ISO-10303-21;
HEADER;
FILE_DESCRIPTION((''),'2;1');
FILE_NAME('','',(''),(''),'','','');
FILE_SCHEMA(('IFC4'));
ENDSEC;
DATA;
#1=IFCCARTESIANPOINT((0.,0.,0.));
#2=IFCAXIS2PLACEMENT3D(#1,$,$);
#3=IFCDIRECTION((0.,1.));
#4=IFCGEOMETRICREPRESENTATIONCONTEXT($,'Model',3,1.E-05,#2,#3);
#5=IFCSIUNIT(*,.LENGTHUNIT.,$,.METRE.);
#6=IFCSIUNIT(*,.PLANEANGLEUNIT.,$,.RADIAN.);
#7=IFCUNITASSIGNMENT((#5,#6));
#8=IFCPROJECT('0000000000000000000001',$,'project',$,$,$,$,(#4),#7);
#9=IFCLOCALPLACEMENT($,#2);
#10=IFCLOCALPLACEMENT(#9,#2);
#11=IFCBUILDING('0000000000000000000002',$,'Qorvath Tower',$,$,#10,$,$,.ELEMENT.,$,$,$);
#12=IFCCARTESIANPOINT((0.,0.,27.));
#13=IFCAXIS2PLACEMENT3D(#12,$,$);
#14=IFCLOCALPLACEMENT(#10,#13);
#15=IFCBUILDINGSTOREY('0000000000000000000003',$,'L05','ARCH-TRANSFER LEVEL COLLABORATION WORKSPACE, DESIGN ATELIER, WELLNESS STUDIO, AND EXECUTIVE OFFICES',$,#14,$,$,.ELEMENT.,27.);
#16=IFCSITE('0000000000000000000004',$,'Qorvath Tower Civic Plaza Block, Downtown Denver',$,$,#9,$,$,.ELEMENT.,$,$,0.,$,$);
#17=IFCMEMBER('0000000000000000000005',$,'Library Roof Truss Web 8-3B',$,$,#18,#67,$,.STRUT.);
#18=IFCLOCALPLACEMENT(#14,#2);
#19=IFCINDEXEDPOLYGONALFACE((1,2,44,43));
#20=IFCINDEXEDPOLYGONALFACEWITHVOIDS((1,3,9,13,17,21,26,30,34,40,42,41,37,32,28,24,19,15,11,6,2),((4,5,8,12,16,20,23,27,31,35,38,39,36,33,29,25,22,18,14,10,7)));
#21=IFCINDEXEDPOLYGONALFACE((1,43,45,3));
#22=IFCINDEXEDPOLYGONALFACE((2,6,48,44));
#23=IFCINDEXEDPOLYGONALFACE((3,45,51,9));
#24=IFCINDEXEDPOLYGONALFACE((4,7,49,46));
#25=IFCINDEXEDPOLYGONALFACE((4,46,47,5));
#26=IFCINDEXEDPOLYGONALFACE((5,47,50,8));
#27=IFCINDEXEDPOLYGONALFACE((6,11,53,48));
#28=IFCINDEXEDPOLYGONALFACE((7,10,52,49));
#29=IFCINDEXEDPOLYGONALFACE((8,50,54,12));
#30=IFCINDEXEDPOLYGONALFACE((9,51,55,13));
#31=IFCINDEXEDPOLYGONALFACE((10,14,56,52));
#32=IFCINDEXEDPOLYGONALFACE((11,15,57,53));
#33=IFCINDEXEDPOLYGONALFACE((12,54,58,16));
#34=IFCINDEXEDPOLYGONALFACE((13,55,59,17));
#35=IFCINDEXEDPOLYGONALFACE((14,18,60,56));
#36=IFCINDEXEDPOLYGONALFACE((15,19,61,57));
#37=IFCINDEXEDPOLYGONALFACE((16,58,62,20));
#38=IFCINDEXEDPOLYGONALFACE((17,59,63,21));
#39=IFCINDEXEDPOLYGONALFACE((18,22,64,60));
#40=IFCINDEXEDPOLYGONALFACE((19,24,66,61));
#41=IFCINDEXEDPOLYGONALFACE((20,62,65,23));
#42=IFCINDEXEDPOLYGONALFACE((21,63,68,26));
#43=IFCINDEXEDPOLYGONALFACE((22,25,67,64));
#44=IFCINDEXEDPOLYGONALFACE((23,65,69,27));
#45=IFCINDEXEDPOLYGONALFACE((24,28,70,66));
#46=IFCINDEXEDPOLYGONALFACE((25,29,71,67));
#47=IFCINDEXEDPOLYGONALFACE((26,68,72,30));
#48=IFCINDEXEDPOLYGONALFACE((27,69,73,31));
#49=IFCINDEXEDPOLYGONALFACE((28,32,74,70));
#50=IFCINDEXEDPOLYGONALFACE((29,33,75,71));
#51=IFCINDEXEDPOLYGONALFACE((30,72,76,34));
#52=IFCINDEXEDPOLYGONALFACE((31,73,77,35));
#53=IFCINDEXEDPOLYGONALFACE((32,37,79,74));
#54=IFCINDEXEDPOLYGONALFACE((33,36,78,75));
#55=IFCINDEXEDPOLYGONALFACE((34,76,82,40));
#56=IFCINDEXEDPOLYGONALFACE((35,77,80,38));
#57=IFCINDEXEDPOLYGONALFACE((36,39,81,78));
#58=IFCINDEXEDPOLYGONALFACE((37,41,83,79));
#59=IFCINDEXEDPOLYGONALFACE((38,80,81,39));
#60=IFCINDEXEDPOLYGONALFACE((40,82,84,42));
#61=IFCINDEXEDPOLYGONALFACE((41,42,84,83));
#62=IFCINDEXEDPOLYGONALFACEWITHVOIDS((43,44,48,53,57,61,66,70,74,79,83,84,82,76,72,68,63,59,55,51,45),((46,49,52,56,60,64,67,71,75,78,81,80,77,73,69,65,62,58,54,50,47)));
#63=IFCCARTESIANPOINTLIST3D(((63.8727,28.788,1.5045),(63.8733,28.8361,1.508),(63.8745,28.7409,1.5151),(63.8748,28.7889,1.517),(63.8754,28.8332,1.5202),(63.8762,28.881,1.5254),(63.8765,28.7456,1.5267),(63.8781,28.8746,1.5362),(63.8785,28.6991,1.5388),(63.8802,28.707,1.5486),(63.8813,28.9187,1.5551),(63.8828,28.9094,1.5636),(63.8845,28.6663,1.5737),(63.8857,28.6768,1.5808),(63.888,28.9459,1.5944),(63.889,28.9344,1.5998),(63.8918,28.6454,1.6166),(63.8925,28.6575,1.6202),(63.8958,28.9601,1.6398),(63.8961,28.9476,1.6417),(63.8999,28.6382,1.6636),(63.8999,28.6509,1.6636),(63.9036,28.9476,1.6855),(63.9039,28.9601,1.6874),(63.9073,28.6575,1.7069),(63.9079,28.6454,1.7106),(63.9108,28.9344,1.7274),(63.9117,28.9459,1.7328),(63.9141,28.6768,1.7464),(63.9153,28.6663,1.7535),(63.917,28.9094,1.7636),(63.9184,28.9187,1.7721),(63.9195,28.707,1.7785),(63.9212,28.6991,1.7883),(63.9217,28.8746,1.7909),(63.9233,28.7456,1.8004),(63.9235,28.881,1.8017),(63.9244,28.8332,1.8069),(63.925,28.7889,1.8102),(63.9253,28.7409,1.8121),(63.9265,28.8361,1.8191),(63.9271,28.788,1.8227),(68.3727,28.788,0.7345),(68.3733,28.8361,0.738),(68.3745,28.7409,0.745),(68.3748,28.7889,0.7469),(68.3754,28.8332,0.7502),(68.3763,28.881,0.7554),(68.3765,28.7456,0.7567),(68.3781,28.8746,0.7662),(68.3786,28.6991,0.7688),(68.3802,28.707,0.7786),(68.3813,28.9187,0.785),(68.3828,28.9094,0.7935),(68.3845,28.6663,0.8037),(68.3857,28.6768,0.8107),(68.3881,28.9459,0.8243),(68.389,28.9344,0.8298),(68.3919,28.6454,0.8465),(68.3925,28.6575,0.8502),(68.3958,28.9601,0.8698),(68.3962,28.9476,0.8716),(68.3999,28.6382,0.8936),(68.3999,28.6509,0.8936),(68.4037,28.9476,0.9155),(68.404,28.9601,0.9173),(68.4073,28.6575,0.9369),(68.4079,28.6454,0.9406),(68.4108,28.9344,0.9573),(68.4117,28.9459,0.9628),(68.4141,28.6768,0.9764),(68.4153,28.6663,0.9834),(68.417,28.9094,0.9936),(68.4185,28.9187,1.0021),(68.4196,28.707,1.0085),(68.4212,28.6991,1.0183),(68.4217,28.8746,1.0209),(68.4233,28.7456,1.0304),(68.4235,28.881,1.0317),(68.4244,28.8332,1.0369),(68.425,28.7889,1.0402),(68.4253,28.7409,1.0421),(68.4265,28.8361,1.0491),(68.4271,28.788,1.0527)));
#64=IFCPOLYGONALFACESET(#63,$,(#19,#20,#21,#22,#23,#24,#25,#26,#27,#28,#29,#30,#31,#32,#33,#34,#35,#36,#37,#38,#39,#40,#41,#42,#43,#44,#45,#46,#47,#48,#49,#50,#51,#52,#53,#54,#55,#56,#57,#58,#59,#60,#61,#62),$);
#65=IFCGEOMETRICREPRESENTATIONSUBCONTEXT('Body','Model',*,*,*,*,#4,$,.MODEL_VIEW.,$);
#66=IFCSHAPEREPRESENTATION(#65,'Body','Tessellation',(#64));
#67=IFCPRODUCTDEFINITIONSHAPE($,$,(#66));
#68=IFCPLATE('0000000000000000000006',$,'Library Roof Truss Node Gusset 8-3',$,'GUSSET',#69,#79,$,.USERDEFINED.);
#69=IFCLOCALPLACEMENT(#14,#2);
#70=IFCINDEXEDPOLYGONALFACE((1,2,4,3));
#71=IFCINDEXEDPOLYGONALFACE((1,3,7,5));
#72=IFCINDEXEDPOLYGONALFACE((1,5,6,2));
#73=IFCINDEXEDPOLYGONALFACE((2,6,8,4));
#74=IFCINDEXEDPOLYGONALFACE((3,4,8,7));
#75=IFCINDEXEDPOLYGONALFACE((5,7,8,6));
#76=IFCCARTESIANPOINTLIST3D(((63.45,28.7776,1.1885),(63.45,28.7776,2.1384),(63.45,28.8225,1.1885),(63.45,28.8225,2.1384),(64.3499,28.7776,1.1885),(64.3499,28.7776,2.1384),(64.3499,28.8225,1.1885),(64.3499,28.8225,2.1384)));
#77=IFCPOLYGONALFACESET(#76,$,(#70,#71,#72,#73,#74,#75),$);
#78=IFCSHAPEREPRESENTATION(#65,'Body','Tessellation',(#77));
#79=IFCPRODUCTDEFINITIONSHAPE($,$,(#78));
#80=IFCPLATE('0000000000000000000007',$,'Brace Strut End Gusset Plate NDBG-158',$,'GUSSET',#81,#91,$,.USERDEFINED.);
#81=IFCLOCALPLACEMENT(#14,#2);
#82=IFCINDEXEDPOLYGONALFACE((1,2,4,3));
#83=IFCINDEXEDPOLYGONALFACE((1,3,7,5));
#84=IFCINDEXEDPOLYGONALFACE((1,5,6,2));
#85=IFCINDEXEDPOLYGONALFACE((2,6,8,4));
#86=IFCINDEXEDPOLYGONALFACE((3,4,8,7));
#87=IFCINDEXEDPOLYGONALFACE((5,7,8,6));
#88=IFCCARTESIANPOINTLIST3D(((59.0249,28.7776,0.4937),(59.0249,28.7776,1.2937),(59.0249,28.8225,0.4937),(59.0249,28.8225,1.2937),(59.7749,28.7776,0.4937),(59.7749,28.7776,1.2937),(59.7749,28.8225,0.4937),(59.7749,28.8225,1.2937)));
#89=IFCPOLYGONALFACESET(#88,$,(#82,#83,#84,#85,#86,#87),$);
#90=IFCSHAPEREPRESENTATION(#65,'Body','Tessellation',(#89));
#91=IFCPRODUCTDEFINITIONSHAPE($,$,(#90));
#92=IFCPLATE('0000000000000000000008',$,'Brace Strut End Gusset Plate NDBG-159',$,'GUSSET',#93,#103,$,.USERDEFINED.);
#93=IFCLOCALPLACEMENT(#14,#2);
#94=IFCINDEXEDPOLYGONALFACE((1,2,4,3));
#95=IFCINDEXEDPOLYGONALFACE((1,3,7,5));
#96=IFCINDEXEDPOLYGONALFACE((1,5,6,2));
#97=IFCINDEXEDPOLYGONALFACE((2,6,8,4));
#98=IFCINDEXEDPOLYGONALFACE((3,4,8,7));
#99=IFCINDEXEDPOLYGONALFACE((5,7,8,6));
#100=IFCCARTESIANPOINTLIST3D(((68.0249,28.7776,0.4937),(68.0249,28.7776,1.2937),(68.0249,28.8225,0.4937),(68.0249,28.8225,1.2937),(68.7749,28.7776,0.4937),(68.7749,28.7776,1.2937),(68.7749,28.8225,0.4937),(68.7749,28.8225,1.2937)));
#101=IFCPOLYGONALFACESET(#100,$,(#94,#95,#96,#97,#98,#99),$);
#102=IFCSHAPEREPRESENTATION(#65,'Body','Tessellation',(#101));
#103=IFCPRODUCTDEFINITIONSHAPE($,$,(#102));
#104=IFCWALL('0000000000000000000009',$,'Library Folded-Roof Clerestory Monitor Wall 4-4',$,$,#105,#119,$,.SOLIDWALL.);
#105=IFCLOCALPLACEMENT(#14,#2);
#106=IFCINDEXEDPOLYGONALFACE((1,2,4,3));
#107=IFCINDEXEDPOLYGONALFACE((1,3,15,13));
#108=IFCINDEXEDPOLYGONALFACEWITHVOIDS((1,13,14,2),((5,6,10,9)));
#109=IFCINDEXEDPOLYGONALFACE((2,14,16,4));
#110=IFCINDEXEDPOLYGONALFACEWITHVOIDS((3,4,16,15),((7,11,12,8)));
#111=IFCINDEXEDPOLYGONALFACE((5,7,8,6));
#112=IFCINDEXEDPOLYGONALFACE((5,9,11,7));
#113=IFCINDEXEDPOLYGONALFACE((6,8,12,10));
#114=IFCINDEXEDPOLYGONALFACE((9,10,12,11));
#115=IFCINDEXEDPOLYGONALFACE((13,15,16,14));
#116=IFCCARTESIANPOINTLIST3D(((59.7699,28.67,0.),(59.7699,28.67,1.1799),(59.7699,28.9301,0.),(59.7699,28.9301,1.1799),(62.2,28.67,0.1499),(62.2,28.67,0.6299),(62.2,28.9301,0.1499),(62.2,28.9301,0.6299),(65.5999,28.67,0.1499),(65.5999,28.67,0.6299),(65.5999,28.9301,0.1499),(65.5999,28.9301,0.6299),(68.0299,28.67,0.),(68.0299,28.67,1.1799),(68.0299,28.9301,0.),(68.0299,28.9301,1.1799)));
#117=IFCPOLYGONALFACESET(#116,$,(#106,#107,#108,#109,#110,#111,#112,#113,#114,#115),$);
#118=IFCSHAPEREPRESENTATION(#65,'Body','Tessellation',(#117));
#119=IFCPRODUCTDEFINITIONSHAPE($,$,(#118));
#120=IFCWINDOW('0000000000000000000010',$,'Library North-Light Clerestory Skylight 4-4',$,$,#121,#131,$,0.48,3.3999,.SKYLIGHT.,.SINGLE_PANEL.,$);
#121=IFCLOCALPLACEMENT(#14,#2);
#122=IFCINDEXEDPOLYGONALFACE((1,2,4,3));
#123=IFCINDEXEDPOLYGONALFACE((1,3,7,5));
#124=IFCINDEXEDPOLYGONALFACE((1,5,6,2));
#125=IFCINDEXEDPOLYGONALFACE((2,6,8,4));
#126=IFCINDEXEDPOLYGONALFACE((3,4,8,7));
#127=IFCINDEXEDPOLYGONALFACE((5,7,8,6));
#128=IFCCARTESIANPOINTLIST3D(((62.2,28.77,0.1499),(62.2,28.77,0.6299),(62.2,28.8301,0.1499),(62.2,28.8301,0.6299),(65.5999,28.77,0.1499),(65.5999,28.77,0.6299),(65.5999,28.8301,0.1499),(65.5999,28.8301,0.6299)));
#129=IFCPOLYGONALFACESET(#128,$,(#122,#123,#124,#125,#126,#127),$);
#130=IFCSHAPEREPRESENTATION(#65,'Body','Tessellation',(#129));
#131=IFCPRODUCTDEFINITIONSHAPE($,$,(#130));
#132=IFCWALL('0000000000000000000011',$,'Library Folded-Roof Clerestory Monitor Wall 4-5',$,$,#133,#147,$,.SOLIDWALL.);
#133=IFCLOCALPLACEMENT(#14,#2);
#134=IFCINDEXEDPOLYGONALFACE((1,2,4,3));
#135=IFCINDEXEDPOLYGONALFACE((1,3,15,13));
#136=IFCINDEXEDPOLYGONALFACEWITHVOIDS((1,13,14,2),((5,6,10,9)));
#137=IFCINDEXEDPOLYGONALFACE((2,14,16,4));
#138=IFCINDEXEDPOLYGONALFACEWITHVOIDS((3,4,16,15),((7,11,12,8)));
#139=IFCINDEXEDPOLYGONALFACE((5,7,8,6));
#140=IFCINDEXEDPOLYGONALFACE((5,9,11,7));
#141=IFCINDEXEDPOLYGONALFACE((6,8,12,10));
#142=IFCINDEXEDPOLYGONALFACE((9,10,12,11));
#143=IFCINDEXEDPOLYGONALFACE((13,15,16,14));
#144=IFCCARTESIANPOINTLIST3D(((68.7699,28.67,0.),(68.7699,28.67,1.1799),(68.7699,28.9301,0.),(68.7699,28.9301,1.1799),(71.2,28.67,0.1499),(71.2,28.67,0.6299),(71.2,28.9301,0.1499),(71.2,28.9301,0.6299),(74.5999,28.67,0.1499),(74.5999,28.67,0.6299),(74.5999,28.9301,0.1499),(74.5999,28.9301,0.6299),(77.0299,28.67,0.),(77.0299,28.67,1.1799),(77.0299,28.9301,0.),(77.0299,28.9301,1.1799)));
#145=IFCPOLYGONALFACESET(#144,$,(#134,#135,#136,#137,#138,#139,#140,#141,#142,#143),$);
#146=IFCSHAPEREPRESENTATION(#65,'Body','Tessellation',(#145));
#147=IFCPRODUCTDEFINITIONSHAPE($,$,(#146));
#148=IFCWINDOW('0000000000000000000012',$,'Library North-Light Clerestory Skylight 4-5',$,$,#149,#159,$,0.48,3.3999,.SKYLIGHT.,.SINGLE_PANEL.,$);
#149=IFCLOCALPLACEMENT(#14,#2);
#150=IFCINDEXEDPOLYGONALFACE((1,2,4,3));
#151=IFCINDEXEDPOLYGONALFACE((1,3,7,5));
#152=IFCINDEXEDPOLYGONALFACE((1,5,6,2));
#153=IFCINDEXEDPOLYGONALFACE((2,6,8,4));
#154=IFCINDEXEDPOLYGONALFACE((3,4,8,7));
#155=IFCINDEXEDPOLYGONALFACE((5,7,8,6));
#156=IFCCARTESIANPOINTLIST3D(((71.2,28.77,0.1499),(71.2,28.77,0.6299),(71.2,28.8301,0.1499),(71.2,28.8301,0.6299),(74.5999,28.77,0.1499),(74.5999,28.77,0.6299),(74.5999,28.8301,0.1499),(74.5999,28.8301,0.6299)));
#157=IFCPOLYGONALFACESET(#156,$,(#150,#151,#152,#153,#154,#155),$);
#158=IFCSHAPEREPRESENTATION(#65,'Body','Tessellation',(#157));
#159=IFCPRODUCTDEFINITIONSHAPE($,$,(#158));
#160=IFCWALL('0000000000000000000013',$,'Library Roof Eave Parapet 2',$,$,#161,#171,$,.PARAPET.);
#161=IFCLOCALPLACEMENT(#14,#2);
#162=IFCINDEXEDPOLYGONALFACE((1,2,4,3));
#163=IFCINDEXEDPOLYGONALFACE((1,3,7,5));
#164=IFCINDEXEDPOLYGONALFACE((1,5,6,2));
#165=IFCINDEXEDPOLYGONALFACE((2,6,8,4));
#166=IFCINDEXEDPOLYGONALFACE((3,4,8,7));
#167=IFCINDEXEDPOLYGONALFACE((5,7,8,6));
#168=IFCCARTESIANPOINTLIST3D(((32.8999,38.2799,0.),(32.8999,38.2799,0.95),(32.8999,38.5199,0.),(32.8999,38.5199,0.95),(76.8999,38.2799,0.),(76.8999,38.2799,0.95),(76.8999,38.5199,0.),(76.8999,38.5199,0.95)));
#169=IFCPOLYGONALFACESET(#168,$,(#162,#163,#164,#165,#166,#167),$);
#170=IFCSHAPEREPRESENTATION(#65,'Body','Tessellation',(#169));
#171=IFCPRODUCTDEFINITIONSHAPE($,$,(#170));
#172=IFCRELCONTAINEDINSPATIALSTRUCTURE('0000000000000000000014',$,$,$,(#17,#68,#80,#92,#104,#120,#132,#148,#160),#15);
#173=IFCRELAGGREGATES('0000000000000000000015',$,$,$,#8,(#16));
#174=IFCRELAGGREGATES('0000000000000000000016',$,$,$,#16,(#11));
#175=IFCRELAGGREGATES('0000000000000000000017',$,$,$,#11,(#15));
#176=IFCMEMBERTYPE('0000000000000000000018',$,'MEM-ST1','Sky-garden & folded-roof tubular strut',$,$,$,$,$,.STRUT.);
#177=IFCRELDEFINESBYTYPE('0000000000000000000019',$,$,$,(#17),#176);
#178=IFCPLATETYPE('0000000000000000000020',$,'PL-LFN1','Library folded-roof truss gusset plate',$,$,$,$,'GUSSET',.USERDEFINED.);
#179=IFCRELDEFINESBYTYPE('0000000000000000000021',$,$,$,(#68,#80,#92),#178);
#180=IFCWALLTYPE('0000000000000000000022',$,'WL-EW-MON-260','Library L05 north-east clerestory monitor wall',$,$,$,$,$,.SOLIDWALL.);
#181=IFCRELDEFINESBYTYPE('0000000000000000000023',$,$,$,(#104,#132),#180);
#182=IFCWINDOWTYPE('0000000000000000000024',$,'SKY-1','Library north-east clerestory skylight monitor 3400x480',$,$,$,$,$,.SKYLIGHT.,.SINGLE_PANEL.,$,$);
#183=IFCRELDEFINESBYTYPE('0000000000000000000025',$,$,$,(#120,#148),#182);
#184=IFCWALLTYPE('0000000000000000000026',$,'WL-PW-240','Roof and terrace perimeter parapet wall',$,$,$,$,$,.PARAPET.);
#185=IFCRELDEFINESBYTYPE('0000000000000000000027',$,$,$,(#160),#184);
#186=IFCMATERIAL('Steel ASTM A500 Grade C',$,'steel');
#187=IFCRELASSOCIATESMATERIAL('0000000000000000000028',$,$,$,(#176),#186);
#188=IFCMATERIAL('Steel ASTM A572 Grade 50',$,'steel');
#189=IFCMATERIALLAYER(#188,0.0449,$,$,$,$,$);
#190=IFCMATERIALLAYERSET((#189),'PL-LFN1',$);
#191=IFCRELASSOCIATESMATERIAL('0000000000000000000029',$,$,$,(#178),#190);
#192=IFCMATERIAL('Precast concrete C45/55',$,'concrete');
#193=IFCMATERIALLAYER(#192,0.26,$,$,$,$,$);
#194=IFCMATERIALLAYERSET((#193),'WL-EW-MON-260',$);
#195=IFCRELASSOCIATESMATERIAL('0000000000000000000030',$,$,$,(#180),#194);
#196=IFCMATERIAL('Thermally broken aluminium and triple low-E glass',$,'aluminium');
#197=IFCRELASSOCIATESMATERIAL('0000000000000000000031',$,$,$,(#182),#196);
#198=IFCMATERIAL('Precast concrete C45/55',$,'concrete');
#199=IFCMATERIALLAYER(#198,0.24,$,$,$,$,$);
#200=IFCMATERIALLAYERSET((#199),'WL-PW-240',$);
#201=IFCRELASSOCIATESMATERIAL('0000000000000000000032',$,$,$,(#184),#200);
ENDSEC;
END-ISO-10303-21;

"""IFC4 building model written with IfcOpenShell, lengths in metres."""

from ifc_helpers import new_model, si_unit, direction, frame, frame_2d, origin, origin_2d, place, context, subcontext, project, spatial, rectangle, hollow_circle, extrude, material, layer, layer_set, material_profile, profile_set, type_object, element, fill, save


model = new_model("IFC4")

# Units and contexts
model_context = context("Model", 3, precision=1e-05, world=origin(), true_north=direction((0.0, 1.0)))
body_context = subcontext(model_context, "Body", "Model", "MODEL_VIEW")
ifc_project = project(units=[si_unit("LENGTHUNIT", "METRE"), si_unit("PLANEANGLEUNIT", "RADIAN")], contexts=[model_context])

# Site, building, storey
site_placement = place(None, origin())
site = spatial("IfcSite", under=ifc_project, at=site_placement, Name="Qorvath Tower Civic Plaza Block, Downtown Denver", CompositionType="ELEMENT", RefElevation=0.0)
building_placement = place(site_placement, origin())
building = spatial("IfcBuilding", under=site, at=building_placement, Name="Qorvath Tower", CompositionType="ELEMENT")
storey_placement = place(building_placement, frame((0.0, 0.0, 27.0)))
storey = spatial("IfcBuildingStorey", under=building, at=storey_placement, Name="L05", Description="ARCH-TRANSFER LEVEL COLLABORATION WORKSPACE, DESIGN ATELIER, WELLNESS STUDIO, AND EXECUTIVE OFFICES", CompositionType="ELEMENT", Elevation=27.0)

# Member
ifc_material_1 = material(Name="Steel ASTM A500 Grade C", Category="steel")
ifc_material_profile_1 = material_profile(ifc_material_1, hollow_circle(Radius=0.1619, WallThickness=0.0127, at=origin_2d()), Name="CHS 324x12.7")
ifc_profile_set_1 = profile_set([ifc_material_profile_1], Name="Steel ASTM A500 Grade C")
member_type_1 = type_object("IfcMemberType", Name="MEM-ST1", Description="Sky-garden & folded-roof tubular strut", PredefinedType="STRUT", material=ifc_profile_set_1)
for number, where, z_axis, x_axis, name in (
    (1, (68.3999, 28.8, 0.8936), (-0.985674, 0.0, 0.168664), (0.0, -1.0, 0.0), "Library Roof Truss Web 8-3B"),
):
    element("IfcMember", number, at=place(storey_placement, frame(where, z_axis=z_axis, x_axis=x_axis)), inside=storey, type_object=member_type_1, Name=name, PredefinedType="STRUT", context=body_context, shape_type="SweptSolid", body=[
        extrude(hollow_circle(Radius=0.1619, WallThickness=0.0127, at=origin_2d()), origin(), (0.0, 0.0, 1.0), 4.5654),
    ])

# Plates
ifc_material_2 = material(Name="Steel ASTM A572 Grade 50", Category="steel")
ifc_layer_1 = layer(ifc_material_2, 0.0449)
ifc_layer_set_1 = layer_set([ifc_layer_1], Name="PL-LFN1")
plate_type = type_object("IfcPlateType", Name="PL-LFN1", Description="Library folded-roof truss gusset plate", ElementType="GUSSET", PredefinedType="USERDEFINED", material=ifc_layer_set_1)
plate_placement = place(storey_placement, frame((63.8999, 28.8, 1.1885), z_axis=(0.0, 0.0, 1.0), x_axis=(1.0, 0.0, 0.0)))
element("IfcPlate", 2, at=plate_placement, inside=storey, type_object=plate_type, Name="Library Roof Truss Node Gusset 8-3", ObjectType="GUSSET", PredefinedType="USERDEFINED", context=body_context, shape_type="SweptSolid", body=[
    extrude(rectangle(XDim=0.8999, YDim=0.0449, at=origin_2d()), origin(), (0.0, 0.0, 1.0), 0.95),
])
for number, where, z_axis, x_axis, name in (
    (3, (59.3999, 28.8, 0.4937), (0.0, 0.0, 1.0), (1.0, 0.0, 0.0), "Brace Strut End Gusset Plate NDBG-158"),
    (4, (68.3999, 28.8, 0.4937), (0.0, 0.0, 1.0), (1.0, 0.0, 0.0), "Brace Strut End Gusset Plate NDBG-159"),
):
    element("IfcPlate", number, at=place(storey_placement, frame(where, z_axis=z_axis, x_axis=x_axis)), inside=storey, type_object=plate_type, Name=name, ObjectType="GUSSET", PredefinedType="USERDEFINED", context=body_context, shape_type="SweptSolid", body=[
        extrude(rectangle(XDim=0.75, YDim=0.0449, at=origin_2d()), origin(), (0.0, 0.0, 1.0), 0.8),
    ])

# Walls, openings, windows
ifc_material_3 = material(Name="Precast concrete C45/55", Category="concrete")
ifc_layer_2 = layer(ifc_material_3, 0.26)
ifc_layer_set_2 = layer_set([ifc_layer_2], Name="WL-EW-MON-260")
wall_type_1 = type_object("IfcWallType", Name="WL-EW-MON-260", Description="Library L05 north-east clerestory monitor wall", PredefinedType="SOLIDWALL", material=ifc_layer_set_2)
wall_1_placement = place(storey_placement, frame((59.77, 28.8, 0.0), z_axis=(0.0, 0.0, 1.0), x_axis=(1.0, 0.0, 0.0)))
wall_1 = element("IfcWall", 5, at=wall_1_placement, inside=storey, type_object=wall_type_1, Name="Library Folded-Roof Clerestory Monitor Wall 4-4", PredefinedType="SOLIDWALL", context=body_context, shape_type="SweptSolid", body=[
    extrude(rectangle(XDim=8.26, YDim=0.26, at=frame_2d((4.1299, 0.0))), origin(), (0.0, 0.0, 1.0), 1.1799),
])
opening_1_placement = place(wall_1_placement, frame((2.4299, 0.0, 0.1499)))
opening_1 = element("IfcOpeningElement", 6, at=opening_1_placement, cuts=wall_1, PredefinedType="OPENING", context=body_context, shape_type="SweptSolid", body=[
    extrude(rectangle(XDim=3.3999, YDim=0.48, at=frame_2d((1.7, 0.24))), frame((0.0, 0.1401, 0.0), z_axis=(0.0, -1.0, 0.0), x_axis=(1.0, 0.0, 0.0)), (0.0, 0.0, 1.0), 0.28),
])
ifc_material_4 = material(Name="Thermally broken aluminium and triple low-E glass", Category="aluminium")
window_type = type_object("IfcWindowType", Name="SKY-1", Description="Library north-east clerestory skylight monitor 3400x480", PartitioningType="SINGLE_PANEL", PredefinedType="SKYLIGHT", material=ifc_material_4)
window_1_placement = place(opening_1_placement, origin())
window_1 = element("IfcWindow", 7, at=window_1_placement, inside=storey, type_object=window_type, Name="Library North-Light Clerestory Skylight 4-4", OverallHeight=0.48, OverallWidth=3.3999, PartitioningType="SINGLE_PANEL", PredefinedType="SKYLIGHT", context=body_context, shape_type="SweptSolid", body=[
    extrude(rectangle(XDim=3.3999, YDim=0.48, at=frame_2d((1.7, 0.24))), frame((0.0, 0.03, 0.0), z_axis=(0.0, -1.0, 0.0), x_axis=(1.0, 0.0, 0.0)), (0.0, 0.0, 1.0), 0.0601),
])
fill(opening_1, window_1)
wall_2_placement = place(storey_placement, frame((68.77, 28.8, 0.0), z_axis=(0.0, 0.0, 1.0), x_axis=(1.0, 0.0, 0.0)))
wall_2 = element("IfcWall", 8, at=wall_2_placement, inside=storey, type_object=wall_type_1, Name="Library Folded-Roof Clerestory Monitor Wall 4-5", PredefinedType="SOLIDWALL", context=body_context, shape_type="SweptSolid", body=[
    extrude(rectangle(XDim=8.26, YDim=0.26, at=frame_2d((4.1299, 0.0))), origin(), (0.0, 0.0, 1.0), 1.1799),
])
opening_2_placement = place(wall_2_placement, frame((2.4299, 0.0, 0.1499)))
opening_2 = element("IfcOpeningElement", 9, at=opening_2_placement, cuts=wall_2, PredefinedType="OPENING", context=body_context, shape_type="SweptSolid", body=[
    extrude(rectangle(XDim=3.3999, YDim=0.48, at=frame_2d((1.7, 0.24))), frame((0.0, 0.1401, 0.0), z_axis=(0.0, -1.0, 0.0), x_axis=(1.0, 0.0, 0.0)), (0.0, 0.0, 1.0), 0.28),
])
window_2_placement = place(opening_2_placement, origin())
window_2 = element("IfcWindow", 10, at=window_2_placement, inside=storey, type_object=window_type, Name="Library North-Light Clerestory Skylight 4-5", OverallHeight=0.48, OverallWidth=3.3999, PartitioningType="SINGLE_PANEL", PredefinedType="SKYLIGHT", context=body_context, shape_type="SweptSolid", body=[
    extrude(rectangle(XDim=3.3999, YDim=0.48, at=frame_2d((1.7, 0.24))), frame((0.0, 0.03, 0.0), z_axis=(0.0, -1.0, 0.0), x_axis=(1.0, 0.0, 0.0)), (0.0, 0.0, 1.0), 0.0601),
])
fill(opening_2, window_2)

# Wall
ifc_material_5 = material(Name="Precast concrete C45/55", Category="concrete")
ifc_layer_3 = layer(ifc_material_5, 0.24)
ifc_layer_set_3 = layer_set([ifc_layer_3], Name="WL-PW-240")
wall_type_2 = type_object("IfcWallType", Name="WL-PW-240", Description="Roof and terrace perimeter parapet wall", PredefinedType="PARAPET", material=ifc_layer_set_3)
wall_3_placement = place(storey_placement, frame((76.8999, 38.3999, 0.0), z_axis=(0.0, 0.0, 1.0), x_axis=(-1.0, 0.0, 0.0)))
element("IfcWall", 11, at=wall_3_placement, inside=storey, type_object=wall_type_2, Name="Library Roof Eave Parapet 2", PredefinedType="PARAPET", context=body_context, shape_type="SweptSolid", body=[
    extrude(rectangle(XDim=44.0, YDim=0.24, at=frame_2d((22.0, 0.0))), origin(), (0.0, 0.0, 1.0), 0.95),
])

save(model, "model.ifc")
